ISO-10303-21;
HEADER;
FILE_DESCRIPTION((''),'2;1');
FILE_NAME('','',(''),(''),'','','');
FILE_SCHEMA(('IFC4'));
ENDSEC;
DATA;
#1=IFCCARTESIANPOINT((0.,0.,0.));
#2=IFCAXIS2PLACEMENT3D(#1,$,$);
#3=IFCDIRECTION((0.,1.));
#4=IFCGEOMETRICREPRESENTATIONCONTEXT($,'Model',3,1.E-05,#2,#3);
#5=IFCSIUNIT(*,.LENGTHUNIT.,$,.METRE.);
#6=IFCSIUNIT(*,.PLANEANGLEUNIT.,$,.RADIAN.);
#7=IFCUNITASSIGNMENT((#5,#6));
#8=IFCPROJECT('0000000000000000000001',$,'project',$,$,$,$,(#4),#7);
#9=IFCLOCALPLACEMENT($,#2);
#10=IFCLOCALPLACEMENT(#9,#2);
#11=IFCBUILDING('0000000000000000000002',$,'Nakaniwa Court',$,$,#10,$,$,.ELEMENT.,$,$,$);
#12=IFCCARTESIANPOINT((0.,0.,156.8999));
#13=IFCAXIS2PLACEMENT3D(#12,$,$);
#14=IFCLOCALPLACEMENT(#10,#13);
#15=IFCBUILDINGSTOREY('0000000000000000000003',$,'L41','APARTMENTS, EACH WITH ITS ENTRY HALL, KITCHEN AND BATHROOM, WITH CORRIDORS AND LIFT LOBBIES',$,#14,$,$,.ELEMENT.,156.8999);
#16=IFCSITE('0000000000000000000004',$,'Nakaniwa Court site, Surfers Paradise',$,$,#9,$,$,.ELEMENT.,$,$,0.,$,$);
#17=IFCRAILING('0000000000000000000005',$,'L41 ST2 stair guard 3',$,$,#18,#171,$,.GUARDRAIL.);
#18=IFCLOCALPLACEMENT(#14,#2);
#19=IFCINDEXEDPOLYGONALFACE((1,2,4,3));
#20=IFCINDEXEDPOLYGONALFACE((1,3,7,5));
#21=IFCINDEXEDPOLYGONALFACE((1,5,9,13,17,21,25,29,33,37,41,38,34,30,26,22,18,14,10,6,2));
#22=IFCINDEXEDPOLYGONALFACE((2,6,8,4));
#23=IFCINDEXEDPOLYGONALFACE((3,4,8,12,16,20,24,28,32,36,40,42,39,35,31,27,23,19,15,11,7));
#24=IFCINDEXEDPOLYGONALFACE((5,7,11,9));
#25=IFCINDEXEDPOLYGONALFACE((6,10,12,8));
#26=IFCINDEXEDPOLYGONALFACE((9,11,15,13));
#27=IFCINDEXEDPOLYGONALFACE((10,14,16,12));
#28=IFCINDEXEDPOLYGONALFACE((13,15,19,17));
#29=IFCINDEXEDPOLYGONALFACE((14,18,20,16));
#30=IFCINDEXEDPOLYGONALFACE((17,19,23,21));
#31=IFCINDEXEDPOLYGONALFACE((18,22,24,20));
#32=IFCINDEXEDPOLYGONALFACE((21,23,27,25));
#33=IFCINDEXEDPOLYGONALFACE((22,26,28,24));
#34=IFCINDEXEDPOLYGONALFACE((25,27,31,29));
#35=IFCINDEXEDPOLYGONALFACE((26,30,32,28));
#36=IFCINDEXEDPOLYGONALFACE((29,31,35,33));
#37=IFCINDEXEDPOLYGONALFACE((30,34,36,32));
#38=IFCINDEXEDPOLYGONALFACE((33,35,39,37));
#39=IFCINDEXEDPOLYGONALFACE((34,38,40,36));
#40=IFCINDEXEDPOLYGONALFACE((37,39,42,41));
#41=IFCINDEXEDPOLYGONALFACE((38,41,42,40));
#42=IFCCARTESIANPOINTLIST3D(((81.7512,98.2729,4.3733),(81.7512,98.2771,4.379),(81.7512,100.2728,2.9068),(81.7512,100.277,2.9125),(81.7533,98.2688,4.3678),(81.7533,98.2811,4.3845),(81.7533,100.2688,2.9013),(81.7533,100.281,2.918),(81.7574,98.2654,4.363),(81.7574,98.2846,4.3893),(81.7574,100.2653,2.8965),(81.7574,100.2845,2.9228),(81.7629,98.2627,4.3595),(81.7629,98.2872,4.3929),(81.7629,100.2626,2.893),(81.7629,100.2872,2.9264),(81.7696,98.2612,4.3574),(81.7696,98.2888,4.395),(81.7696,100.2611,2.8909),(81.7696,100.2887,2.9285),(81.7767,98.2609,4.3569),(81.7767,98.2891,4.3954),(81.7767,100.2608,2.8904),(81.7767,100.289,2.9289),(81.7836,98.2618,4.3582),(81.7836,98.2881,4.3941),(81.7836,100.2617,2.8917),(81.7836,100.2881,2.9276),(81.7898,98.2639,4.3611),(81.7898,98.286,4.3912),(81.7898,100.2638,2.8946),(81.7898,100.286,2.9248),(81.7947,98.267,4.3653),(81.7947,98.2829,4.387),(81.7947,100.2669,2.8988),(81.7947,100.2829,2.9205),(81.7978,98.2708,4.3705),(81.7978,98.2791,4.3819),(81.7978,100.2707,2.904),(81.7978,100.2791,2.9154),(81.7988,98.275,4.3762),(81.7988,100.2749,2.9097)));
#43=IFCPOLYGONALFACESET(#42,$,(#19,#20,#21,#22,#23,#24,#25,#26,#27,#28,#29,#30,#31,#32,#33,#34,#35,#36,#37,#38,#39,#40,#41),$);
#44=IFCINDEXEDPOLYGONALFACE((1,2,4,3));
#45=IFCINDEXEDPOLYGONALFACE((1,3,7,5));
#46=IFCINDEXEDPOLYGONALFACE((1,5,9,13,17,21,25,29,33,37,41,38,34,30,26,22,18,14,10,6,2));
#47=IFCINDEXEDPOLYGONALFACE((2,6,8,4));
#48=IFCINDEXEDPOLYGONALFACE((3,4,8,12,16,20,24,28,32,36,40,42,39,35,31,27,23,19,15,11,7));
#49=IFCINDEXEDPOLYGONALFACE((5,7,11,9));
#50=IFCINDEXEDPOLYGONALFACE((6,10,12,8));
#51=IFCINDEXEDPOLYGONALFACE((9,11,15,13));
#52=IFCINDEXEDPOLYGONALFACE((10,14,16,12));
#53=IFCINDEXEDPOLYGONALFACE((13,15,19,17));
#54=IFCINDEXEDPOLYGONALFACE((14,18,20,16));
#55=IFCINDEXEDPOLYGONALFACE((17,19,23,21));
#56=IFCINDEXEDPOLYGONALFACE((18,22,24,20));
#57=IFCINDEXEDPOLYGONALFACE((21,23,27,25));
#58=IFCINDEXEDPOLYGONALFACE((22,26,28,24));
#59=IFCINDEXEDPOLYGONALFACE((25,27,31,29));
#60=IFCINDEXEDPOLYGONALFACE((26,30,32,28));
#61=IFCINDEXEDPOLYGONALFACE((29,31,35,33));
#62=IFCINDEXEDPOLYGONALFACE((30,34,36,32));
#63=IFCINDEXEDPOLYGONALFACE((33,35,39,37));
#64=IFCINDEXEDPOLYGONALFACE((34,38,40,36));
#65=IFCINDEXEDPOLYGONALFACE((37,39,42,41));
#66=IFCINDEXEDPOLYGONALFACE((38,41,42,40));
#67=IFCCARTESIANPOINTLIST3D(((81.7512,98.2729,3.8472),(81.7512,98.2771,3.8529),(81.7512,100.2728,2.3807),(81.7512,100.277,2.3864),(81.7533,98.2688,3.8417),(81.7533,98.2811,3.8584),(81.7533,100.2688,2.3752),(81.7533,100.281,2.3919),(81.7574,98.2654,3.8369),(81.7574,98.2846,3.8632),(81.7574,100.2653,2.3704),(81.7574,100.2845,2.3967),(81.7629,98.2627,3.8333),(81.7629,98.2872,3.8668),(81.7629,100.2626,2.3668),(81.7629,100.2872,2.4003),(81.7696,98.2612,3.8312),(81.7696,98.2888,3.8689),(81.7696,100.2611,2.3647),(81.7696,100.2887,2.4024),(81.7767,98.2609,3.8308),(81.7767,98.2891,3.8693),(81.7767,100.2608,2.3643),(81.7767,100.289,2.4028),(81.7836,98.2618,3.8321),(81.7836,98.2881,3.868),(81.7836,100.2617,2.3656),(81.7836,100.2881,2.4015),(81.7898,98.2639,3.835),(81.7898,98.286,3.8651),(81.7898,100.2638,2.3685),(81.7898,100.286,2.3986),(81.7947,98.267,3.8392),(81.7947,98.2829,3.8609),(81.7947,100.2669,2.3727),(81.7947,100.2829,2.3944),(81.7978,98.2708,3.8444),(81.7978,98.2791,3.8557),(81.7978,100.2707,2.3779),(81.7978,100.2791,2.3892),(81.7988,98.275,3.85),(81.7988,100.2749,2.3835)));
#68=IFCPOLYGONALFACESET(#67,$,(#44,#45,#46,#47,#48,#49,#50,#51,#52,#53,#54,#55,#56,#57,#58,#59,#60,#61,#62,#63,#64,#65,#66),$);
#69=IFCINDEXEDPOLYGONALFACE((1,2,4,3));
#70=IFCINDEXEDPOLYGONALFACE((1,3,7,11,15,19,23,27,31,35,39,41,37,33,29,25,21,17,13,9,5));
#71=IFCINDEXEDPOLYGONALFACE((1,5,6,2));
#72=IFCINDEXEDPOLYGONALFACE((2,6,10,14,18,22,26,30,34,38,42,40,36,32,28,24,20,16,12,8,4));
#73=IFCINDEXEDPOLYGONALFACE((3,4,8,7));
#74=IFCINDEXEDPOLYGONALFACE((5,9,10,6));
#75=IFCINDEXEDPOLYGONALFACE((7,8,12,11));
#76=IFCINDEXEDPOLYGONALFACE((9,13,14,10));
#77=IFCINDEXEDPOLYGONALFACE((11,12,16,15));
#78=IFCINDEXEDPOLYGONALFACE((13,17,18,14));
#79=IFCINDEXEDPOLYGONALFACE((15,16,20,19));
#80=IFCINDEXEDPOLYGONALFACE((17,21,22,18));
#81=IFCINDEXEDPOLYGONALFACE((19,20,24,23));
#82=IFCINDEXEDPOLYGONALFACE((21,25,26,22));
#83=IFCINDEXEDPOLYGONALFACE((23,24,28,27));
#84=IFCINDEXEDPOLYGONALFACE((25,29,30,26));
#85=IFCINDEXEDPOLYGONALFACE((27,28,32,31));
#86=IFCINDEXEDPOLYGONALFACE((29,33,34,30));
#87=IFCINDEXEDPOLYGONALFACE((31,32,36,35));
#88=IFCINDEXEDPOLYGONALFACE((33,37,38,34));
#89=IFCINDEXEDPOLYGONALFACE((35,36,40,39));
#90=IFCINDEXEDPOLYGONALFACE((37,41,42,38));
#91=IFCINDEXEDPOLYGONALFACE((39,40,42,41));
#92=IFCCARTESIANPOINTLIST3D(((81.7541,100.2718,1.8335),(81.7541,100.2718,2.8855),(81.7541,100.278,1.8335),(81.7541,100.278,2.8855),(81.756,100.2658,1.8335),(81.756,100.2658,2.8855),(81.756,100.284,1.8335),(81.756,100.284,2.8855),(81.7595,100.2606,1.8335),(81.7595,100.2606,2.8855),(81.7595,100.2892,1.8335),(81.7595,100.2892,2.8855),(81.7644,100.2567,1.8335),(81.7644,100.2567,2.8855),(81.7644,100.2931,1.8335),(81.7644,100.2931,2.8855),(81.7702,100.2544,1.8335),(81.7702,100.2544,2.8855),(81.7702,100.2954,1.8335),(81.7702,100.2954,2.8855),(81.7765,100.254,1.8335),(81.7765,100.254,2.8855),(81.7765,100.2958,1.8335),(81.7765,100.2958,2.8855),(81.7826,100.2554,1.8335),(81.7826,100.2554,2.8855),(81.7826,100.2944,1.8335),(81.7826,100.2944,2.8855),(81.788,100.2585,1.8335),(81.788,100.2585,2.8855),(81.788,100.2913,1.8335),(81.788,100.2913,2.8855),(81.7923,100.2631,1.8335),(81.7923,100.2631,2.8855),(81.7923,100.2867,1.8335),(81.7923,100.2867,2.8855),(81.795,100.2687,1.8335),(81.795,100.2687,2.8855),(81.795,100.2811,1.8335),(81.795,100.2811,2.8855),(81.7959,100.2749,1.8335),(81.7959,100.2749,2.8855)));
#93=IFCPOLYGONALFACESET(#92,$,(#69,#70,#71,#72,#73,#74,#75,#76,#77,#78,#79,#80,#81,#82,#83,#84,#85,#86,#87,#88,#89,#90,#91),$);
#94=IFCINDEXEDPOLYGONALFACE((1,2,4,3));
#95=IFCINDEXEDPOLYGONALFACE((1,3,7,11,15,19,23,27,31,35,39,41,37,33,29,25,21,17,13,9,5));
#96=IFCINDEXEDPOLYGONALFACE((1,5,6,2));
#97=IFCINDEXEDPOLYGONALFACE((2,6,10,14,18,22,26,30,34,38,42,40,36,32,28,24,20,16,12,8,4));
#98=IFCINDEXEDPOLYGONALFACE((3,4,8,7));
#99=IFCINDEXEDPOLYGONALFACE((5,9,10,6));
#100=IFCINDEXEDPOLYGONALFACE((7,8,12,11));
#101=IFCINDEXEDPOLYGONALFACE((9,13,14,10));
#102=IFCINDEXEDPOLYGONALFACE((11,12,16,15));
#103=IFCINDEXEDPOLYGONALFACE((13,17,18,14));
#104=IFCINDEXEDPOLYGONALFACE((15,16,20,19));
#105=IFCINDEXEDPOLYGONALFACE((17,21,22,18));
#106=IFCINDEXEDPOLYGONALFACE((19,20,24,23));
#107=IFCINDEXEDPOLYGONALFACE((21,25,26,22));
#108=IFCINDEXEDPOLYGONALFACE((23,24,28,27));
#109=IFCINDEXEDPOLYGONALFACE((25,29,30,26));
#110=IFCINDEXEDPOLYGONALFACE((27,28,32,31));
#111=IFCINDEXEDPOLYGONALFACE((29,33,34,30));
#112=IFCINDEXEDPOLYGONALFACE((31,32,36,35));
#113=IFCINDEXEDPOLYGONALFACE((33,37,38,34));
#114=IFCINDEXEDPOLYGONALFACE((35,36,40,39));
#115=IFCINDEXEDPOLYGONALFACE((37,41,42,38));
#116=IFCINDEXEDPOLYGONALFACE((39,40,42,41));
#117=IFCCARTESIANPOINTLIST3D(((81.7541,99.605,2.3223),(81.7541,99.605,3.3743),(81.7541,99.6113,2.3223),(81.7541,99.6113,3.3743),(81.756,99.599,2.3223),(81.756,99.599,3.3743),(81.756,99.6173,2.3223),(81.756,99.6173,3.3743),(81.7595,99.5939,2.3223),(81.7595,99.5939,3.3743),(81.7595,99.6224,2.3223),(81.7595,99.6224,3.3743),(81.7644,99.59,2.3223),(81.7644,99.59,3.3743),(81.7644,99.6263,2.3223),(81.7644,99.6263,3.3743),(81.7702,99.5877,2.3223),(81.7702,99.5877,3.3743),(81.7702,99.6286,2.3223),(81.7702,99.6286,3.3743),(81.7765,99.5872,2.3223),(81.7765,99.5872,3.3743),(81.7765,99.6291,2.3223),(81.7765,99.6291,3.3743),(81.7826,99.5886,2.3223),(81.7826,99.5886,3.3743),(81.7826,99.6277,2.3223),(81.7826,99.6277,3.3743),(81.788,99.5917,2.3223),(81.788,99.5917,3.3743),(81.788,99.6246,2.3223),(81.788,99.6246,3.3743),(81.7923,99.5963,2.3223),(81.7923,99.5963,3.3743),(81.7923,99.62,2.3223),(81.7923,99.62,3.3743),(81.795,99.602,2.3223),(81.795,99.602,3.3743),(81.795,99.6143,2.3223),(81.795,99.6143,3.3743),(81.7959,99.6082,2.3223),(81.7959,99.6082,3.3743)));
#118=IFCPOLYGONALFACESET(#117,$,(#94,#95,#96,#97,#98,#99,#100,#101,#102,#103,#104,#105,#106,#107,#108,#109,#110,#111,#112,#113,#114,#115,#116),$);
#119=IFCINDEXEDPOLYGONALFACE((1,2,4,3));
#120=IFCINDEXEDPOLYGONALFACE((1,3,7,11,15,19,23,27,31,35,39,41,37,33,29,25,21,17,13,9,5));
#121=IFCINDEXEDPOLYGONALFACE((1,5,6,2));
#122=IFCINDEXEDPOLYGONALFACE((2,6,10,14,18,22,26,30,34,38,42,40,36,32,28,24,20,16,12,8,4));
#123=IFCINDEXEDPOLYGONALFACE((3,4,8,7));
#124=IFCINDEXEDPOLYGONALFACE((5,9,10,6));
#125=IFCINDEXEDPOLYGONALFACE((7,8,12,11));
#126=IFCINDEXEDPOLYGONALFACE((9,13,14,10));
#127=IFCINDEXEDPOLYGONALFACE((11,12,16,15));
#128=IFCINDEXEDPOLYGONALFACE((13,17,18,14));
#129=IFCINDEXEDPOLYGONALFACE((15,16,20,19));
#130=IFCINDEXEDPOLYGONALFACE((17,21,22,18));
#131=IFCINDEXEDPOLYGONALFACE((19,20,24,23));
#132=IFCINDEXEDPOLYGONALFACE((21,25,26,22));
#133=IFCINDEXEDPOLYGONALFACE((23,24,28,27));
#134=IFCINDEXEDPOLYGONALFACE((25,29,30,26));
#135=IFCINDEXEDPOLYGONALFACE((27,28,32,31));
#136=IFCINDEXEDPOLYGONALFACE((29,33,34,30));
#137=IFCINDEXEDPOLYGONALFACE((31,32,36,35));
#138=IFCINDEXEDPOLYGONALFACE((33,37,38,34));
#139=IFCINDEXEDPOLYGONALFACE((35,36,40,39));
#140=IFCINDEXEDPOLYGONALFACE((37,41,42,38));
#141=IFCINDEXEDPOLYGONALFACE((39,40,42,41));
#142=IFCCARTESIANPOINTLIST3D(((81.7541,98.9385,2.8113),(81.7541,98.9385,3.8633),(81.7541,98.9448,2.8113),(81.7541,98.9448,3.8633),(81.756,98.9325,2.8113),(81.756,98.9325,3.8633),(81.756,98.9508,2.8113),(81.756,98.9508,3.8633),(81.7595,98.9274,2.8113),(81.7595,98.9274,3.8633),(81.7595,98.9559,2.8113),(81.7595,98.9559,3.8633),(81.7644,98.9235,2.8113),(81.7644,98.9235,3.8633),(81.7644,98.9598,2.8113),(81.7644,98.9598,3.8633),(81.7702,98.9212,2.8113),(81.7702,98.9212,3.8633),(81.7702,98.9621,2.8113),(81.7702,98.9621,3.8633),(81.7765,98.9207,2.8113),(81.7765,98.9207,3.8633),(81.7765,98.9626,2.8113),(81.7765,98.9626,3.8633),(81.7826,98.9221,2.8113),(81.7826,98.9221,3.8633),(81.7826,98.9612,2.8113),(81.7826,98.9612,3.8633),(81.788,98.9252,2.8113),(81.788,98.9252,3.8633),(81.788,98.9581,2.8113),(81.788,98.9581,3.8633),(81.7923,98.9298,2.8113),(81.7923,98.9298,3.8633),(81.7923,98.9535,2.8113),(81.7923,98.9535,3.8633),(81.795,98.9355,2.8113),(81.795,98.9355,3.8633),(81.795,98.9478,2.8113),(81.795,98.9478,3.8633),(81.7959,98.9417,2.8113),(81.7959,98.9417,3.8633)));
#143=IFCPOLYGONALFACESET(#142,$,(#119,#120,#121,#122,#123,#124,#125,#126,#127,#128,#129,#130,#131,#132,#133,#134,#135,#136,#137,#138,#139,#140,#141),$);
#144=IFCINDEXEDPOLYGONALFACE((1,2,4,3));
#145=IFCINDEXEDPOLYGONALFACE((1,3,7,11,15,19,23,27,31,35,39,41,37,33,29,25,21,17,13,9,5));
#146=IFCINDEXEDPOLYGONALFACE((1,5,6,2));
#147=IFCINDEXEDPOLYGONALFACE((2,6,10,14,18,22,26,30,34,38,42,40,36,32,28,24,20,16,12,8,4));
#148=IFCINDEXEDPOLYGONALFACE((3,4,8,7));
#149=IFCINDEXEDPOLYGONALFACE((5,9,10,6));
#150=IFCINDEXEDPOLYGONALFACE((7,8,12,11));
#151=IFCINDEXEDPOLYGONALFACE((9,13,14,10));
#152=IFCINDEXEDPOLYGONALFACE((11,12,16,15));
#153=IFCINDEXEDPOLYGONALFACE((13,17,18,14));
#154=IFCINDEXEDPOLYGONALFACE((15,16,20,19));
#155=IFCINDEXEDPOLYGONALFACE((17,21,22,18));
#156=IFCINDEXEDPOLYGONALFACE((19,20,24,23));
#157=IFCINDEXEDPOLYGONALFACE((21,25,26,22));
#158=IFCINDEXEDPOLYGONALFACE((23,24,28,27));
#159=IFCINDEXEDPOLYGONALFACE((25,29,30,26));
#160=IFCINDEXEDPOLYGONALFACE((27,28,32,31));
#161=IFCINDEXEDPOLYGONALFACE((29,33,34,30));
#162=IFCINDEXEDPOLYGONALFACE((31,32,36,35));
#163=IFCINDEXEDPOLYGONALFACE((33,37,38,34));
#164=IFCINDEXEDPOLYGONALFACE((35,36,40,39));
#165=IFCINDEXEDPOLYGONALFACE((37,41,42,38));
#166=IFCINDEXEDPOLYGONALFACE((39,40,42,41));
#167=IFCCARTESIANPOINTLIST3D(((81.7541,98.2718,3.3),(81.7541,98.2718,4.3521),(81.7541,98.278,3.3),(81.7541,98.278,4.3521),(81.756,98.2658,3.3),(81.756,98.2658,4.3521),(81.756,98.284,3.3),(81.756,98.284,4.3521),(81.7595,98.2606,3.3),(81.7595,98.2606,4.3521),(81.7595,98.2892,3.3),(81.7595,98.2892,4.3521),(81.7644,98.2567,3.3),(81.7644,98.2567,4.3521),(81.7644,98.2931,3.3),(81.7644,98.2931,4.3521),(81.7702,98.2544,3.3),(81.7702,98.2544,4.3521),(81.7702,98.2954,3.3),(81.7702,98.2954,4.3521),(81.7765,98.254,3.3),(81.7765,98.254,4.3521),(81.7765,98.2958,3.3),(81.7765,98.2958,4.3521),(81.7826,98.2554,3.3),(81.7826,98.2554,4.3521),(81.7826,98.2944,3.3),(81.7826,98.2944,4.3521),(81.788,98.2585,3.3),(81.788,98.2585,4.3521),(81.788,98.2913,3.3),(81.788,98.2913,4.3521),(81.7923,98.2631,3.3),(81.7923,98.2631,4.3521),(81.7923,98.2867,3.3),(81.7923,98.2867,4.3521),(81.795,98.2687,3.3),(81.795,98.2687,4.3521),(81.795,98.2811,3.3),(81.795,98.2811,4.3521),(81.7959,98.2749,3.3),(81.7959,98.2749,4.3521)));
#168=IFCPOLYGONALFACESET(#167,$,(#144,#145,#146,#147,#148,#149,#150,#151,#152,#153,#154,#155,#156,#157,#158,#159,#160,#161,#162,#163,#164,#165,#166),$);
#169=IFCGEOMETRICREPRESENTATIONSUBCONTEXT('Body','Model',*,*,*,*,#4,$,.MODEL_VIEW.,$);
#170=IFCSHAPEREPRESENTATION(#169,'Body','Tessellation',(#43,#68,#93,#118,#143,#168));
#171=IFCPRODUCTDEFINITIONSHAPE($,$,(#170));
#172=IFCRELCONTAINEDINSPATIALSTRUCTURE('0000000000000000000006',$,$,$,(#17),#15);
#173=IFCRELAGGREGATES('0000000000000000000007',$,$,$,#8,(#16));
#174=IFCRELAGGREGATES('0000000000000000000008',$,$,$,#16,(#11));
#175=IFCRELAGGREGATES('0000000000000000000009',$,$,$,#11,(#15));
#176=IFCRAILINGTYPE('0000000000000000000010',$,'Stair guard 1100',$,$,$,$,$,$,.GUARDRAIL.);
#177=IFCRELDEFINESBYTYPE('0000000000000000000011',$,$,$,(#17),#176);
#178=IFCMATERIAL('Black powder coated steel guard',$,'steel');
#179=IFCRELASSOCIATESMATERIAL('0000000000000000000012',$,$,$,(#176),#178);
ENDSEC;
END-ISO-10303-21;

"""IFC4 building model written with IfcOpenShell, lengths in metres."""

from ifc_helpers import new_model, si_unit, direction, frame, origin, origin_2d, place, context, subcontext, project, spatial, circle, extrude, material, type_object, element, save


model = new_model("IFC4")

# Units and contexts
model_context = context("Model", 3, precision=1e-05, world=origin(), true_north=direction((0.0, 1.0)))
body_context = subcontext(model_context, "Body", "Model", "MODEL_VIEW")
ifc_project = project(units=[si_unit("LENGTHUNIT", "METRE"), si_unit("PLANEANGLEUNIT", "RADIAN")], contexts=[model_context])

# Site, building, storey
site_placement = place(None, origin())
site = spatial("IfcSite", under=ifc_project, at=site_placement, Name="Nakaniwa Court site, Surfers Paradise", CompositionType="ELEMENT", RefElevation=0.0)
building_placement = place(site_placement, origin())
building = spatial("IfcBuilding", under=site, at=building_placement, Name="Nakaniwa Court", CompositionType="ELEMENT")
storey_placement = place(building_placement, frame((0.0, 0.0, 156.8999)))
storey = spatial("IfcBuildingStorey", under=building, at=storey_placement, Name="L41", Description="APARTMENTS, EACH WITH ITS ENTRY HALL, KITCHEN AND BATHROOM, WITH CORRIDORS AND LIFT LOBBIES", CompositionType="ELEMENT", Elevation=156.8999)

# Railing
ifc_material_1 = material(Name="Black powder coated steel guard", Category="steel")
railing_type_1 = type_object("IfcRailingType", Name="Stair guard 1100", PredefinedType="GUARDRAIL", material=ifc_material_1)
railing_1_placement = place(storey_placement, frame((81.7749, 100.2749, 1.8335)))
element("IfcRailing", 1, at=railing_1_placement, inside=storey, type_object=railing_type_1, Name="L41 ST2 stair guard 3", PredefinedType="GUARDRAIL", context=body_context, shape_type="SweptSolid", body=[
    extrude(circle(Radius=0.0239, at=origin_2d()), frame((0.0, 0.0, 1.0762), z_axis=(0.0, -0.806427, 0.591334), x_axis=(1.0, 0.0, 0.0)), (0.0, 0.0, 1.0), 2.48),
    extrude(circle(Radius=0.0239, at=origin_2d()), frame((0.0, 0.0, 0.55), z_axis=(0.0, -0.806427, 0.591334), x_axis=(1.0, 0.0, 0.0)), (0.0, 0.0, 1.0), 2.48),
    extrude(circle(Radius=0.021, at=origin_2d()), origin(), (0.0, 0.0, 1.0), 1.052),
    extrude(circle(Radius=0.021, at=origin_2d()), frame((0.0, -0.6667, 0.4888)), (0.0, 0.0, 1.0), 1.052),
    extrude(circle(Radius=0.021, at=origin_2d()), frame((0.0, -1.3333, 0.9778)), (0.0, 0.0, 1.0), 1.052),
    extrude(circle(Radius=0.021, at=origin_2d()), frame((0.0, -2.0, 1.4666)), (0.0, 0.0, 1.0), 1.052),
])

save(model, "model.ifc")
